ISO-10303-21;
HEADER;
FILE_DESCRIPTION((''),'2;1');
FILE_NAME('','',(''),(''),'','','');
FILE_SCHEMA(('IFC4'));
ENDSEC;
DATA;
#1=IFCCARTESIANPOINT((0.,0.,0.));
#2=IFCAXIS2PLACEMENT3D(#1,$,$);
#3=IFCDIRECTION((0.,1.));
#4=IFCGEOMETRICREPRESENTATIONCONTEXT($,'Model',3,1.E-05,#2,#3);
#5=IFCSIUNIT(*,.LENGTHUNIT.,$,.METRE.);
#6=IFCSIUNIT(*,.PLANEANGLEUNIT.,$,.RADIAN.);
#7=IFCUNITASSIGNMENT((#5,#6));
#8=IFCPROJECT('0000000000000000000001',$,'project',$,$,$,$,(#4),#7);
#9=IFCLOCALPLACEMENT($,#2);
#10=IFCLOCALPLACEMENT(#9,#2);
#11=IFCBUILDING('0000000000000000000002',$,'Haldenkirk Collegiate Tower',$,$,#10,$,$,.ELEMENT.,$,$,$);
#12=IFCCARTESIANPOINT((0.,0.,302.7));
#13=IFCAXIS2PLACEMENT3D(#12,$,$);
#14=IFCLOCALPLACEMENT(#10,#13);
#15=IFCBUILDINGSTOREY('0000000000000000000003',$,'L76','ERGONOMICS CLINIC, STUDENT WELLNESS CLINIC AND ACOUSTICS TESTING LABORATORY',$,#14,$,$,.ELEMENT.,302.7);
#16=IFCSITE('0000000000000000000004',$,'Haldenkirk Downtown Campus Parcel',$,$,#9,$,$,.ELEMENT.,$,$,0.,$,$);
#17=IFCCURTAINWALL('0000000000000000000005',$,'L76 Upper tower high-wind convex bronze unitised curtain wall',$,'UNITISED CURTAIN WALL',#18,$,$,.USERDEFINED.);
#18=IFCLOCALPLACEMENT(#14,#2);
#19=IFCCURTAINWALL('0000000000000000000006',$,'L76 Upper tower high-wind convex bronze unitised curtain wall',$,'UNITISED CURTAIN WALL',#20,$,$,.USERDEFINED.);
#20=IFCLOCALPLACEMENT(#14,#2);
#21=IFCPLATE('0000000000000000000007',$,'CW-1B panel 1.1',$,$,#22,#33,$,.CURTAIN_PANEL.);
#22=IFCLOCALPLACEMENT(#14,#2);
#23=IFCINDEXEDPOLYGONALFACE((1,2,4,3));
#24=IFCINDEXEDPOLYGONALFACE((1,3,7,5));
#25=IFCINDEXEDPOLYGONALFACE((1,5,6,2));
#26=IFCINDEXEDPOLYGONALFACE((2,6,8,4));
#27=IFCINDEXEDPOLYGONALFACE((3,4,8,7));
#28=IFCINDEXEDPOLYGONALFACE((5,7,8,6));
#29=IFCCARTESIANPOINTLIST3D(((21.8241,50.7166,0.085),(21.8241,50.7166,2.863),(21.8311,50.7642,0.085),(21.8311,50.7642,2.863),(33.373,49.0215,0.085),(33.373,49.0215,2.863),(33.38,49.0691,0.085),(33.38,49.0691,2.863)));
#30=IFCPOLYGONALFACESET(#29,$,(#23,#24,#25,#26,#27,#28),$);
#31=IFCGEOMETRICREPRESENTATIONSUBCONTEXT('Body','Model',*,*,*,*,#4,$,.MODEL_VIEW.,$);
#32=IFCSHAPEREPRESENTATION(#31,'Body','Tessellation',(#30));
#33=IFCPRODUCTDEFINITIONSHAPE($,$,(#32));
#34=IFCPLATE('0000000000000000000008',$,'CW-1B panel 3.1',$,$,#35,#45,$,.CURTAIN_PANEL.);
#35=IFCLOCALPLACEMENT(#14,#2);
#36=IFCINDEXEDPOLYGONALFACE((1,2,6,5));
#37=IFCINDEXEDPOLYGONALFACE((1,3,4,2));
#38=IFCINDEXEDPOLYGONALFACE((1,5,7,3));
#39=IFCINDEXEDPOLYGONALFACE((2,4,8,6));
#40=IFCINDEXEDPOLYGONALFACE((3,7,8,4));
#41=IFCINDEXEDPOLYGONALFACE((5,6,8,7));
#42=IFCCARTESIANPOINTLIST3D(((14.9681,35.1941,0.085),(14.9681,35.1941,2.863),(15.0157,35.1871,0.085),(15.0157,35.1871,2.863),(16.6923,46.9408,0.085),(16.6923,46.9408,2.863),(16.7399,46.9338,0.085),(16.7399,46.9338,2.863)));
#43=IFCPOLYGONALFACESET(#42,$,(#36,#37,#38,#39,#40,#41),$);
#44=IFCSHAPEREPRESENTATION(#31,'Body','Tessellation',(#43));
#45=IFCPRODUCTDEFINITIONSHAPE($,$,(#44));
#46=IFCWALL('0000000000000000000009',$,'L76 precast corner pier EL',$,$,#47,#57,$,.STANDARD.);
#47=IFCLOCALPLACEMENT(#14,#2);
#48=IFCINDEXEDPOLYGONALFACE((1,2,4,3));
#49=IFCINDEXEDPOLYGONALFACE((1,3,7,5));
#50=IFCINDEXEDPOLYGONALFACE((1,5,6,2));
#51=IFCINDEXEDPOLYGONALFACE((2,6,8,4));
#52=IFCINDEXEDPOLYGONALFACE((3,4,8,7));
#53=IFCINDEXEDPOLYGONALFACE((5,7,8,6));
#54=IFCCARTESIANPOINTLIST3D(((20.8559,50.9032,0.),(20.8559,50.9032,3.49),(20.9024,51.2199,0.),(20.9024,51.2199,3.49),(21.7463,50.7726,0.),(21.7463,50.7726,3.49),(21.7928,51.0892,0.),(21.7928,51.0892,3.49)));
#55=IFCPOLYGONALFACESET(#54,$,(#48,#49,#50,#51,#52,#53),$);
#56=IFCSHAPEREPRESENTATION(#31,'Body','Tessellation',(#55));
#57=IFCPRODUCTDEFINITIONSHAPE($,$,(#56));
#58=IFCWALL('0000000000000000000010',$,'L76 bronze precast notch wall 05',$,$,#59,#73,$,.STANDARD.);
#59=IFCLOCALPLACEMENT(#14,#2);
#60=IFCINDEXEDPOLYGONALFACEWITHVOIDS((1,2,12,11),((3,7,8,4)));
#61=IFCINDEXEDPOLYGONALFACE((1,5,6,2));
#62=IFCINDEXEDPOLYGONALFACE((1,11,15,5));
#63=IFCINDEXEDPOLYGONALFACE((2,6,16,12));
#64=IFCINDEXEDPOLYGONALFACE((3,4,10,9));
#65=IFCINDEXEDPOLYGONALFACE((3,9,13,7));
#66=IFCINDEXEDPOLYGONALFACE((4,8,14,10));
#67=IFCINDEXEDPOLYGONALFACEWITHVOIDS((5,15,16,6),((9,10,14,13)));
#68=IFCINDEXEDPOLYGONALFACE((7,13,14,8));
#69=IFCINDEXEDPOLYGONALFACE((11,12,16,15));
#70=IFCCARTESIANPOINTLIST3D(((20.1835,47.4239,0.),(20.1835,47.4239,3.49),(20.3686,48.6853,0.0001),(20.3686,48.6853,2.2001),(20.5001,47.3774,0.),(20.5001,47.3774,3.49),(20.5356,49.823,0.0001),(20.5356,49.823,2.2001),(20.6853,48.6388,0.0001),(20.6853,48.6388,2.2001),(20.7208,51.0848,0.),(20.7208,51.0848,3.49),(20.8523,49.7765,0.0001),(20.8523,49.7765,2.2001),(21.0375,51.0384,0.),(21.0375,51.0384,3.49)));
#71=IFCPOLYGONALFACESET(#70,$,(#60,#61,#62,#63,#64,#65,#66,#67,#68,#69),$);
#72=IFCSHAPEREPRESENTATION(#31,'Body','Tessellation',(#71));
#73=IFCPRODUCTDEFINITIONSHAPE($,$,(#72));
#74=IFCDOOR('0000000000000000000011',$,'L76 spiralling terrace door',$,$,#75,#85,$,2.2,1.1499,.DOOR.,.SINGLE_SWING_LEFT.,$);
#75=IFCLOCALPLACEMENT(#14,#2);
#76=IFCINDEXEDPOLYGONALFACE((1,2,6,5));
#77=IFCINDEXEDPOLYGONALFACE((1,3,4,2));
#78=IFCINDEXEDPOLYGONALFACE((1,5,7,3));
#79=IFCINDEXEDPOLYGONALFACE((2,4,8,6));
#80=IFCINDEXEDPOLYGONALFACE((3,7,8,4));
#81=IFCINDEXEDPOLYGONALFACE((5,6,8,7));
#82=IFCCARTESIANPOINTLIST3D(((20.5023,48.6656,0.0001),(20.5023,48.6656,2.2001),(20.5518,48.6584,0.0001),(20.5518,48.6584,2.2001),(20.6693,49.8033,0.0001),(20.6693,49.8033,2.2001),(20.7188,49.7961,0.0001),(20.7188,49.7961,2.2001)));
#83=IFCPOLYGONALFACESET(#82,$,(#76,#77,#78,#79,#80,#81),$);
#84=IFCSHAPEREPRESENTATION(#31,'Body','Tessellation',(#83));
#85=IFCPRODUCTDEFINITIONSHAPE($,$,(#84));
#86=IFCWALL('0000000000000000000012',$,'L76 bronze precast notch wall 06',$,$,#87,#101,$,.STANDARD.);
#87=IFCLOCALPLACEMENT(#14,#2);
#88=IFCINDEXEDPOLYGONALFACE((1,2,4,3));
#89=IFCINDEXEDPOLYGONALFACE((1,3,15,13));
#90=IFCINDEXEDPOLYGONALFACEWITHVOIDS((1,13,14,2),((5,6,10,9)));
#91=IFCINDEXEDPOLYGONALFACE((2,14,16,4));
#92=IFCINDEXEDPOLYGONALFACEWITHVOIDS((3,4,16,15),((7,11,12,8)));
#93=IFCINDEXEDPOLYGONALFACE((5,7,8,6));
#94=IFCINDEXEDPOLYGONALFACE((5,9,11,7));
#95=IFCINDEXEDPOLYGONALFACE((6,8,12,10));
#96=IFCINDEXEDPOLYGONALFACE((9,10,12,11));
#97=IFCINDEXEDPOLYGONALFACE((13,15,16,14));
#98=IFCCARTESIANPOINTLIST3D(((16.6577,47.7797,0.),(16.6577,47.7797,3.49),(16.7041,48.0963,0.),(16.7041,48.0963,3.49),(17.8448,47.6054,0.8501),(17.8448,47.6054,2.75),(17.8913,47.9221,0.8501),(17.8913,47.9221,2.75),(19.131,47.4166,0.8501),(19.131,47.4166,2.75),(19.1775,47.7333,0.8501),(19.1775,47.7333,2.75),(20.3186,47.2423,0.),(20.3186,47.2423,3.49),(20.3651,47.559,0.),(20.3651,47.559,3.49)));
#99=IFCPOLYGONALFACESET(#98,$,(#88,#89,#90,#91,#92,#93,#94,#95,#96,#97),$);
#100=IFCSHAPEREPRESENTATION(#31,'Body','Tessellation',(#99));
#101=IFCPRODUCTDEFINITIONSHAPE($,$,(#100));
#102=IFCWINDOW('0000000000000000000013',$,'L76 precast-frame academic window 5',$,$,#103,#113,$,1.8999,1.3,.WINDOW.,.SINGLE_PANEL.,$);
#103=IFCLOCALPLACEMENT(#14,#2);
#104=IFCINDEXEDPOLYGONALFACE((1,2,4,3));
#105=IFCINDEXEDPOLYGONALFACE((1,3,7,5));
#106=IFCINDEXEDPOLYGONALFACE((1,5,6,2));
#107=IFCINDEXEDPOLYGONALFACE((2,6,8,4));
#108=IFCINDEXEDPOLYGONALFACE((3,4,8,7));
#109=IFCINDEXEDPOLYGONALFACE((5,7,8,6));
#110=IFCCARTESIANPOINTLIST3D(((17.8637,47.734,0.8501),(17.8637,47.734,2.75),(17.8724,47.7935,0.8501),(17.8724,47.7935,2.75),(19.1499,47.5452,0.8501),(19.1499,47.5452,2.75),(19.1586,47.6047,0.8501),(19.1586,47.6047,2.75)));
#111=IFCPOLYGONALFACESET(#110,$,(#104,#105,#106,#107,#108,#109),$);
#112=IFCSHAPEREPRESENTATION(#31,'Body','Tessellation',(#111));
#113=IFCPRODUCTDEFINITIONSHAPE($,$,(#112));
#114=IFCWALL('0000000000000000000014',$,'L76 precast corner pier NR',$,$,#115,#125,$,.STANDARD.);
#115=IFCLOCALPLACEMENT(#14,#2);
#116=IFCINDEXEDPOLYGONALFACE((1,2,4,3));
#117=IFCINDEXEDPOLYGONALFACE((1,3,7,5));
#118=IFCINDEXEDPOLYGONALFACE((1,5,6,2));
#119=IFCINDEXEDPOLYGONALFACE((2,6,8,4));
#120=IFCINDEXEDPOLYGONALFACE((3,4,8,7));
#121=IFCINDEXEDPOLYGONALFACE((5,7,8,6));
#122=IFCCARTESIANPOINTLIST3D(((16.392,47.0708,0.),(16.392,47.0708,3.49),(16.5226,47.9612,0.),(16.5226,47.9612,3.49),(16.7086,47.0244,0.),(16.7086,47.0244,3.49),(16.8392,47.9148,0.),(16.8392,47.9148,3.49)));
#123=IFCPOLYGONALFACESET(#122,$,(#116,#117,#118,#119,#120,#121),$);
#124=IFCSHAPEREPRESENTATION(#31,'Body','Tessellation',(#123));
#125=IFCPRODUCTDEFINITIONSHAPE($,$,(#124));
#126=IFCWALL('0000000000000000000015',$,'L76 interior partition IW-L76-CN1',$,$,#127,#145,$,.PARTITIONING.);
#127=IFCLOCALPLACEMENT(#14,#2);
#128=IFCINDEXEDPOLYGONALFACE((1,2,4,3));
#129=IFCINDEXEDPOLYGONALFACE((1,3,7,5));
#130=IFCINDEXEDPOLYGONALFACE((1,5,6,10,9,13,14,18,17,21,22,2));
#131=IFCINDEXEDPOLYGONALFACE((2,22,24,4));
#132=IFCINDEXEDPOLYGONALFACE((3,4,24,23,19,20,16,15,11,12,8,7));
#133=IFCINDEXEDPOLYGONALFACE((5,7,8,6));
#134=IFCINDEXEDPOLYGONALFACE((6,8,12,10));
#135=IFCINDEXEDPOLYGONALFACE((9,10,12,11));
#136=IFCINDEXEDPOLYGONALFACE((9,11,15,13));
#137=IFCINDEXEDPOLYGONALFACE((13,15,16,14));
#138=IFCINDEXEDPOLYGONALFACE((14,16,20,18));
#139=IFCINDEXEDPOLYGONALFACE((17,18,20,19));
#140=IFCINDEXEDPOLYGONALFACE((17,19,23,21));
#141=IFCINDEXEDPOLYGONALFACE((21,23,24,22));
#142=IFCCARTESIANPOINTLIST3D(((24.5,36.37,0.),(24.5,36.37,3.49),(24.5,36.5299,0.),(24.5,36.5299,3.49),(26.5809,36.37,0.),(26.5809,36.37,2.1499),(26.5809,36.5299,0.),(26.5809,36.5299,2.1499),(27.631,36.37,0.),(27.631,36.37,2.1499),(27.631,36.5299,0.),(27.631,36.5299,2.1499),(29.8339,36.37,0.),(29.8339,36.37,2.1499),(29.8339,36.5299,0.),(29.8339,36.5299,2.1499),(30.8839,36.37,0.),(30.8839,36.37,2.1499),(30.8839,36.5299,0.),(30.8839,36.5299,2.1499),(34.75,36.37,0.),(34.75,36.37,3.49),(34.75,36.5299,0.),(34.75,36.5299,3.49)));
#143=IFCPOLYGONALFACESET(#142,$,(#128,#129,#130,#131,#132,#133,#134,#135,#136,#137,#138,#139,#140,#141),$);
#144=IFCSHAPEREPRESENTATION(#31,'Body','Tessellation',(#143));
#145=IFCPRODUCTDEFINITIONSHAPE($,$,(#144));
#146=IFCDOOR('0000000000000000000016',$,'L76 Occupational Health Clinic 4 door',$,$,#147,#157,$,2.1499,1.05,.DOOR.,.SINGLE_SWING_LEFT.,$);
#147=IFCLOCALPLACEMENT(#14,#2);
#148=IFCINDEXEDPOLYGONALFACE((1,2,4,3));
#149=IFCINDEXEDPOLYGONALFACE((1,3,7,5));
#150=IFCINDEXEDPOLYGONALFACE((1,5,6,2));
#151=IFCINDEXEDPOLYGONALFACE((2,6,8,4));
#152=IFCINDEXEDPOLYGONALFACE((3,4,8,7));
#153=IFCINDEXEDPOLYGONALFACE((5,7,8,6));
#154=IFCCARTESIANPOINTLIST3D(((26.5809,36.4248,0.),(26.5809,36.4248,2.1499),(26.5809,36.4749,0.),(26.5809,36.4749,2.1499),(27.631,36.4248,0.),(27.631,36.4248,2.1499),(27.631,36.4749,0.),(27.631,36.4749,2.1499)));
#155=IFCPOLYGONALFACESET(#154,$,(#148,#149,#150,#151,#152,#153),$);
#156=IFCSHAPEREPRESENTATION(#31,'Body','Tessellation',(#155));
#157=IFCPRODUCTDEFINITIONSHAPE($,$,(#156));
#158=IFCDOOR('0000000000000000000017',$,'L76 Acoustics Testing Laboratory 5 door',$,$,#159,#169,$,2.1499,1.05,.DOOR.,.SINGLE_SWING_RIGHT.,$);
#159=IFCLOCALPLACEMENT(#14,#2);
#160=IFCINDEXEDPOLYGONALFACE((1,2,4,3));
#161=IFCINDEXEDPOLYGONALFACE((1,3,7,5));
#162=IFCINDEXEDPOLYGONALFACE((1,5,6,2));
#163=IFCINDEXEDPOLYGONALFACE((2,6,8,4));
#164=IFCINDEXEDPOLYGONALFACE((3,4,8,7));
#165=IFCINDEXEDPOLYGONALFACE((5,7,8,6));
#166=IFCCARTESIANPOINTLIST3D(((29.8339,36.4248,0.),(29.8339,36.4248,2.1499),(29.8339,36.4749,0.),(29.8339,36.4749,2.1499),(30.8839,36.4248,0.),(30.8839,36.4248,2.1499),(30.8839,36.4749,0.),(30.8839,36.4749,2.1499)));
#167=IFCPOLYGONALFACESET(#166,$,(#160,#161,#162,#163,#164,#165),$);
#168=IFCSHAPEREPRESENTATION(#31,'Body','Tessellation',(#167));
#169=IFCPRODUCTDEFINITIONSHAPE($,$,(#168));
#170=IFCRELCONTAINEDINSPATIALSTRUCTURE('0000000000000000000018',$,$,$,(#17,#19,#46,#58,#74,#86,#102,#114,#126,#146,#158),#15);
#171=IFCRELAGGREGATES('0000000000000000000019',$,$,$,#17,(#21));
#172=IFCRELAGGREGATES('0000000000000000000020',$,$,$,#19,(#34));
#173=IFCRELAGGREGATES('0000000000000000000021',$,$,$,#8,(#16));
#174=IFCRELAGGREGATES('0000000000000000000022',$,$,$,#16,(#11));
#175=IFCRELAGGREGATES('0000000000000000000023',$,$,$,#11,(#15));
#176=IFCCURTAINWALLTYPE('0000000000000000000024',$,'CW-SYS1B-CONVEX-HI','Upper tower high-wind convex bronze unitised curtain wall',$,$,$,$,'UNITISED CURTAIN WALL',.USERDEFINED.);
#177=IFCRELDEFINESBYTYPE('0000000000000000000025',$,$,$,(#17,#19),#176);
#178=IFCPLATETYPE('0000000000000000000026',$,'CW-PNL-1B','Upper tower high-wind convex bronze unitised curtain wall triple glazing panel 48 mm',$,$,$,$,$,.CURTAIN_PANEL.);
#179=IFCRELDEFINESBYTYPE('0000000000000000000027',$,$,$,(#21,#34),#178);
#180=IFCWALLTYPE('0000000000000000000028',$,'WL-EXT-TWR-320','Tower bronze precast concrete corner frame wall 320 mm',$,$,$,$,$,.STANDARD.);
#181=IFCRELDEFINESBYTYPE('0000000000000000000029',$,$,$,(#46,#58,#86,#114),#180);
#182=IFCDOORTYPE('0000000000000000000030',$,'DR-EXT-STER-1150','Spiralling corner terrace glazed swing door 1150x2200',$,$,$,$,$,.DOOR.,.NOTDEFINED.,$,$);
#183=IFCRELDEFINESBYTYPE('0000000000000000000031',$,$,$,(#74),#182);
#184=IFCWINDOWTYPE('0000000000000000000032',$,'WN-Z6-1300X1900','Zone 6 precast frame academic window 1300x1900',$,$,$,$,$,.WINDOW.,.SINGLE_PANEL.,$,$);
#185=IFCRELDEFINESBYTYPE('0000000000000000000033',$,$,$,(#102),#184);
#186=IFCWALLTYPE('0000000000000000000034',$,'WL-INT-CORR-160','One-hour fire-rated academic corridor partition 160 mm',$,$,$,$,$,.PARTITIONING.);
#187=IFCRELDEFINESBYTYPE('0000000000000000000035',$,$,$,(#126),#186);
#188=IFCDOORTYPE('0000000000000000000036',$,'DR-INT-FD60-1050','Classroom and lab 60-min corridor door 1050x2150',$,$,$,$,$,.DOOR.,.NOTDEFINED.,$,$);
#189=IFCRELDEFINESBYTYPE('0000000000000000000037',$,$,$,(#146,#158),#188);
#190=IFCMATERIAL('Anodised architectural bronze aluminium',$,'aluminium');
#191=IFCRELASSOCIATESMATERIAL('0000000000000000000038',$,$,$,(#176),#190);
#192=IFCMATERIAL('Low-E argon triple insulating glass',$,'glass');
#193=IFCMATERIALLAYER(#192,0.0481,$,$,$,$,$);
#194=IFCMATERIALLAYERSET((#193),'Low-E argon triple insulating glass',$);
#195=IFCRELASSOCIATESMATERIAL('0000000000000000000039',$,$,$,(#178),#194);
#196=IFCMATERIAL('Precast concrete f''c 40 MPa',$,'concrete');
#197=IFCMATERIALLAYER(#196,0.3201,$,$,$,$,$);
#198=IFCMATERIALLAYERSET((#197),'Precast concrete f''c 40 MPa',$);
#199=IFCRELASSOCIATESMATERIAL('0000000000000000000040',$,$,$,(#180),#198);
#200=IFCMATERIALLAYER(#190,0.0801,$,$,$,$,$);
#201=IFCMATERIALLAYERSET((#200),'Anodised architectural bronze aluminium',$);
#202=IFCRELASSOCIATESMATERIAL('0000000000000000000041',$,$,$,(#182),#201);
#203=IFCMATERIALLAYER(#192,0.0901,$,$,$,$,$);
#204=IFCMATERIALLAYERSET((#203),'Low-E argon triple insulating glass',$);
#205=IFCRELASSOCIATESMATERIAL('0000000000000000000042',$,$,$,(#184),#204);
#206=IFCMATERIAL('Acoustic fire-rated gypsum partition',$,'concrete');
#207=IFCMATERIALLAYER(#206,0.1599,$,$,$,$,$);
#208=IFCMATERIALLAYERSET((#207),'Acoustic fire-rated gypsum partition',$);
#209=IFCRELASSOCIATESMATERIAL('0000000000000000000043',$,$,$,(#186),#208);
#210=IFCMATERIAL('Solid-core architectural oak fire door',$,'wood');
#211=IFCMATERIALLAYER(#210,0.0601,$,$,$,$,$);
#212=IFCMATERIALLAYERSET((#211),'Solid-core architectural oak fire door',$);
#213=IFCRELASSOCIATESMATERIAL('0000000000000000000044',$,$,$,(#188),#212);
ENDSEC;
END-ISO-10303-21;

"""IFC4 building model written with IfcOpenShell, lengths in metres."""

from ifc_helpers import new_model, si_unit, direction, frame, frame_2d, origin, origin_2d, place, context, subcontext, project, spatial, rectangle, extrude, source, transform, mapped, material, layer, layer_set, type_object, element, fill, aggregate, save


model = new_model("IFC4")

# Units and contexts
model_context = context("Model", 3, precision=1e-05, world=origin(), true_north=direction((0.0, 1.0)))
body_context = subcontext(model_context, "Body", "Model", "MODEL_VIEW")
ifc_project = project(units=[si_unit("LENGTHUNIT", "METRE"), si_unit("PLANEANGLEUNIT", "RADIAN")], contexts=[model_context])

# Site, building, storey
site_placement = place(None, origin())
site = spatial("IfcSite", under=ifc_project, at=site_placement, Name="Haldenkirk Downtown Campus Parcel", CompositionType="ELEMENT", RefElevation=0.0)
building_placement = place(site_placement, origin())
building = spatial("IfcBuilding", under=site, at=building_placement, Name="Haldenkirk Collegiate Tower", CompositionType="ELEMENT")
storey_placement = place(building_placement, frame((0.0, 0.0, 302.7)))
storey = spatial("IfcBuildingStorey", under=building, at=storey_placement, Name="L76", Description="ERGONOMICS CLINIC, STUDENT WELLNESS CLINIC AND ACOUSTICS TESTING LABORATORY", CompositionType="ELEMENT", Elevation=302.7)

# Curtain wall
ifc_material_1 = material(Name="Anodised architectural bronze aluminium", Category="aluminium")
curtain_wall_type = type_object("IfcCurtainWallType", Name="CW-SYS1B-CONVEX-HI", Description="Upper tower high-wind convex bronze unitised curtain wall", ElementType="UNITISED CURTAIN WALL", PredefinedType="USERDEFINED", material=ifc_material_1)
curtain_wall_1_placement = place(storey_placement, origin())
curtain_wall_1 = element("IfcCurtainWall", 1, at=curtain_wall_1_placement, inside=storey, type_object=curtain_wall_type, Name="L76 Upper tower high-wind convex bronze unitised curtain wall", ObjectType="UNITISED CURTAIN WALL", PredefinedType="USERDEFINED")

# Curtain wall
curtain_wall_2_placement = place(storey_placement, origin())
curtain_wall_2 = element("IfcCurtainWall", 2, at=curtain_wall_2_placement, inside=storey, type_object=curtain_wall_type, Name="L76 Upper tower high-wind convex bronze unitised curtain wall", ObjectType="UNITISED CURTAIN WALL", PredefinedType="USERDEFINED")

# Plates
ifc_material_2 = material(Name="Low-E argon triple insulating glass", Category="glass")
ifc_layer_1 = layer(ifc_material_2, 0.0481)
ifc_layer_set_1 = layer_set([ifc_layer_1], Name="Low-E argon triple insulating glass")
plate_type = type_object("IfcPlateType", Name="CW-PNL-1B", Description="Upper tower high-wind convex bronze unitised curtain wall triple glazing panel 48 mm", PredefinedType="CURTAIN_PANEL", material=ifc_layer_set_1)
shared_shape_1 = source(origin(), body_context, "Body", "SweptSolid", [
    extrude(rectangle(XDim=11.6726, YDim=0.0481, at=origin_2d()), origin(), (0.0, 0.0, 1.0), 2.7781),
])
plate_1_placement = place(storey_placement, frame((27.6021, 49.8928, 0.085), z_axis=(0.0, 0.0, 1.0), x_axis=(0.989399, -0.14522, 0.0)))
plate_1 = element("IfcPlate", 3, at=plate_1_placement, type_object=plate_type, Name="CW-1B panel 1.1", PredefinedType="CURTAIN_PANEL", context=body_context, shape_type="MappedRepresentation", body=[
    mapped(shared_shape_1, transform((0.0, 0.0, 0.0), x_axis=(1.0, 0.0, 0.0), y_axis=(0.0, 1.0, 0.0), z_axis=(0.0, 0.0, 1.0), scale=1.0)),
])
aggregate(curtain_wall_1, [plate_1])
shared_shape_2 = source(origin(), body_context, "Body", "SweptSolid", [
    extrude(rectangle(XDim=11.8726, YDim=0.0481, at=origin_2d()), origin(), (0.0, 0.0, 1.0), 2.7781),
])
plate_2_placement = place(storey_placement, frame((15.854, 41.064, 0.085), z_axis=(0.0, 0.0, 1.0), x_axis=(0.14522, 0.989399, 0.0)))
plate_2 = element("IfcPlate", 4, at=plate_2_placement, type_object=plate_type, Name="CW-1B panel 3.1", PredefinedType="CURTAIN_PANEL", context=body_context, shape_type="MappedRepresentation", body=[
    mapped(shared_shape_2, transform((0.0, 0.0, 0.0), x_axis=(1.0, 0.0, 0.0), y_axis=(0.0, 1.0, 0.0), z_axis=(0.0, 0.0, 1.0), scale=1.0)),
])
aggregate(curtain_wall_2, [plate_2])

# Wall
ifc_material_3 = material(Name="Precast concrete f'c 40 MPa", Category="concrete")
ifc_layer_2 = layer(ifc_material_3, 0.3201)
ifc_layer_set_2 = layer_set([ifc_layer_2], Name="Precast concrete f'c 40 MPa")
wall_type_1 = type_object("IfcWallType", Name="WL-EXT-TWR-320", Description="Tower bronze precast concrete corner frame wall 320 mm", PredefinedType="STANDARD", material=ifc_layer_set_2)
wall_1_placement = place(storey_placement, frame((20.8792, 51.0615, 0.0), z_axis=(0.0, 0.0, 1.0), x_axis=(0.989411, -0.145143, 0.0)))
element("IfcWall", 5, at=wall_1_placement, inside=storey, type_object=wall_type_1, Name="L76 precast corner pier EL", PredefinedType="STANDARD", context=body_context, shape_type="SweptSolid", body=[
    extrude(rectangle(XDim=0.8999, YDim=0.3201, at=frame_2d((0.45, 0.0))), origin(), (0.0, 0.0, 1.0), 3.49),
])

# Wall, opening, door
wall_2_placement = place(storey_placement, frame((20.3418, 47.4006, 0.0), z_axis=(0.0, 0.0, 1.0), x_axis=(0.145226, 0.989398, 0.0)))
wall_2 = element("IfcWall", 6, at=wall_2_placement, inside=storey, type_object=wall_type_1, Name="L76 bronze precast notch wall 05", PredefinedType="STANDARD", context=body_context, shape_type="SweptSolid", body=[
    extrude(rectangle(XDim=3.7002, YDim=0.3201, at=frame_2d((1.8501, 0.0))), origin(), (0.0, 0.0, 1.0), 3.49),
])
opening_1_placement = place(wall_2_placement, frame((1.2749, 0.0, 0.0)))
opening_1 = element("IfcOpeningElement", 7, at=opening_1_placement, cuts=wall_2, PredefinedType="OPENING", context=body_context, shape_type="SweptSolid", body=[
    extrude(rectangle(XDim=1.1499, YDim=2.2, at=frame_2d((0.575, 1.1001))), frame((0.0, 0.1699, 0.0), z_axis=(0.0, -1.0, 0.0), x_axis=(1.0, 0.0, 0.0)), (0.0, 0.0, 1.0), 0.3401),
])
ifc_layer_3 = layer(ifc_material_1, 0.0801)
ifc_layer_set_3 = layer_set([ifc_layer_3], Name="Anodised architectural bronze aluminium")
door_type_1 = type_object("IfcDoorType", Name="DR-EXT-STER-1150", Description="Spiralling corner terrace glazed swing door 1150x2200", OperationType="NOTDEFINED", PredefinedType="DOOR", material=ifc_layer_set_3)
door_1_placement = place(opening_1_placement, origin())
door_1 = element("IfcDoor", 8, at=door_1_placement, inside=storey, type_object=door_type_1, Name="L76 spiralling terrace door", OperationType="SINGLE_SWING_LEFT", OverallHeight=2.2, OverallWidth=1.1499, PredefinedType="DOOR", context=body_context, shape_type="SweptSolid", body=[
    extrude(rectangle(XDim=1.1499, YDim=2.2, at=frame_2d((0.575, 1.1001))), frame((0.0, 0.0249, 0.0), z_axis=(0.0, -1.0, 0.0), x_axis=(1.0, 0.0, 0.0)), (0.0, 0.0, 1.0), 0.05),
])
fill(opening_1, door_1)

# Wall, opening, window
wall_3_placement = place(storey_placement, frame((16.6809, 47.938, 0.0), z_axis=(0.0, 0.0, 1.0), x_axis=(0.989398, -0.145226, 0.0)))
wall_3 = element("IfcWall", 9, at=wall_3_placement, inside=storey, type_object=wall_type_1, Name="L76 bronze precast notch wall 06", PredefinedType="STANDARD", context=body_context, shape_type="SweptSolid", body=[
    extrude(rectangle(XDim=3.7002, YDim=0.3201, at=frame_2d((1.8501, 0.0))), origin(), (0.0, 0.0, 1.0), 3.49),
])
opening_2_placement = place(wall_3_placement, frame((1.2, 0.0, 0.8501)))
opening_2 = element("IfcOpeningElement", 10, at=opening_2_placement, cuts=wall_3, PredefinedType="OPENING", context=body_context, shape_type="SweptSolid", body=[
    extrude(rectangle(XDim=1.3, YDim=1.8999, at=frame_2d((0.6499, 0.95))), frame((0.0, 0.1699, 0.0), z_axis=(0.0, -1.0, 0.0), x_axis=(1.0, 0.0, 0.0)), (0.0, 0.0, 1.0), 0.3401),
])
ifc_layer_4 = layer(ifc_material_2, 0.0901)
ifc_layer_set_4 = layer_set([ifc_layer_4], Name="Low-E argon triple insulating glass")
window_type = type_object("IfcWindowType", Name="WN-Z6-1300X1900", Description="Zone 6 precast frame academic window 1300x1900", PartitioningType="SINGLE_PANEL", PredefinedType="WINDOW", material=ifc_layer_set_4)
window_placement = place(opening_2_placement, origin())
window = element("IfcWindow", 11, at=window_placement, inside=storey, type_object=window_type, Name="L76 precast-frame academic window 5", OverallHeight=1.8999, OverallWidth=1.3, PartitioningType="SINGLE_PANEL", PredefinedType="WINDOW", context=body_context, shape_type="SweptSolid", body=[
    extrude(rectangle(XDim=1.3, YDim=1.8999, at=frame_2d((0.6499, 0.95))), frame((0.0, 0.03, 0.0), z_axis=(0.0, -1.0, 0.0), x_axis=(1.0, 0.0, 0.0)), (0.0, 0.0, 1.0), 0.0601),
])
fill(opening_2, window)

# Wall
wall_4_placement = place(storey_placement, frame((16.5503, 47.0476, 0.0), z_axis=(0.0, 0.0, 1.0), x_axis=(0.145143, 0.989411, 0.0)))
element("IfcWall", 12, at=wall_4_placement, inside=storey, type_object=wall_type_1, Name="L76 precast corner pier NR", PredefinedType="STANDARD", context=body_context, shape_type="SweptSolid", body=[
    extrude(rectangle(XDim=0.8999, YDim=0.3201, at=frame_2d((0.45, 0.0))), origin(), (0.0, 0.0, 1.0), 3.49),
])

# Wall, openings, doors
ifc_material_4 = material(Name="Acoustic fire-rated gypsum partition", Category="concrete")
ifc_layer_5 = layer(ifc_material_4, 0.1599)
ifc_layer_set_5 = layer_set([ifc_layer_5], Name="Acoustic fire-rated gypsum partition")
wall_type_2 = type_object("IfcWallType", Name="WL-INT-CORR-160", Description="One-hour fire-rated academic corridor partition 160 mm", PredefinedType="PARTITIONING", material=ifc_layer_set_5)
wall_5_placement = place(storey_placement, frame((24.5, 36.45, 0.0), z_axis=(0.0, 0.0, 1.0), x_axis=(1.0, 0.0, 0.0)))
wall_5 = element("IfcWall", 13, at=wall_5_placement, inside=storey, type_object=wall_type_2, Name="L76 interior partition IW-L76-CN1", PredefinedType="PARTITIONING", context=body_context, shape_type="SweptSolid", body=[
    extrude(rectangle(XDim=10.25, YDim=0.1599, at=frame_2d((5.125, 0.0))), origin(), (0.0, 0.0, 1.0), 3.49),
])
opening_3_placement = place(wall_5_placement, frame((2.0811, 0.0, 0.0)))
opening_3 = element("IfcOpeningElement", 14, at=opening_3_placement, cuts=wall_5, PredefinedType="OPENING", context=body_context, shape_type="SweptSolid", body=[
    extrude(rectangle(XDim=1.05, YDim=2.1499, at=frame_2d((0.5249, 1.075))), frame((0.0, 0.0898, 0.0), z_axis=(0.0, -1.0, 0.0), x_axis=(1.0, 0.0, 0.0)), (0.0, 0.0, 1.0), 0.1799),
])
opening_4_placement = place(wall_5_placement, frame((5.334, 0.0, 0.0)))
opening_4 = element("IfcOpeningElement", 15, at=opening_4_placement, cuts=wall_5, PredefinedType="OPENING", context=body_context, shape_type="SweptSolid", body=[
    extrude(rectangle(XDim=1.05, YDim=2.1499, at=frame_2d((0.5249, 1.075))), frame((0.0, 0.0898, 0.0), z_axis=(0.0, -1.0, 0.0), x_axis=(1.0, 0.0, 0.0)), (0.0, 0.0, 1.0), 0.1799),
])
ifc_material_5 = material(Name="Solid-core architectural oak fire door", Category="wood")
ifc_layer_6 = layer(ifc_material_5, 0.0601)
ifc_layer_set_6 = layer_set([ifc_layer_6], Name="Solid-core architectural oak fire door")
door_type_2 = type_object("IfcDoorType", Name="DR-INT-FD60-1050", Description="Classroom and lab 60-min corridor door 1050x2150", OperationType="NOTDEFINED", PredefinedType="DOOR", material=ifc_layer_set_6)
door_2_placement = place(opening_3_placement, origin())
door_2 = element("IfcDoor", 16, at=door_2_placement, inside=storey, type_object=door_type_2, Name="L76 Occupational Health Clinic 4 door", OperationType="SINGLE_SWING_LEFT", OverallHeight=2.1499, OverallWidth=1.05, PredefinedType="DOOR", context=body_context, shape_type="SweptSolid", body=[
    extrude(rectangle(XDim=1.05, YDim=2.1499, at=frame_2d((0.5249, 1.075))), frame((0.0, 0.0249, 0.0), z_axis=(0.0, -1.0, 0.0), x_axis=(1.0, 0.0, 0.0)), (0.0, 0.0, 1.0), 0.05),
])
fill(opening_3, door_2)
door_3_placement = place(opening_4_placement, origin())
door_3 = element("IfcDoor", 17, at=door_3_placement, inside=storey, type_object=door_type_2, Name="L76 Acoustics Testing Laboratory 5 door", OperationType="SINGLE_SWING_RIGHT", OverallHeight=2.1499, OverallWidth=1.05, PredefinedType="DOOR", context=body_context, shape_type="SweptSolid", body=[
    extrude(rectangle(XDim=1.05, YDim=2.1499, at=frame_2d((0.5249, 1.075))), frame((0.0, 0.0249, 0.0), z_axis=(0.0, -1.0, 0.0), x_axis=(1.0, 0.0, 0.0)), (0.0, 0.0, 1.0), 0.05),
])
fill(opening_4, door_3)

save(model, "model.ifc")
